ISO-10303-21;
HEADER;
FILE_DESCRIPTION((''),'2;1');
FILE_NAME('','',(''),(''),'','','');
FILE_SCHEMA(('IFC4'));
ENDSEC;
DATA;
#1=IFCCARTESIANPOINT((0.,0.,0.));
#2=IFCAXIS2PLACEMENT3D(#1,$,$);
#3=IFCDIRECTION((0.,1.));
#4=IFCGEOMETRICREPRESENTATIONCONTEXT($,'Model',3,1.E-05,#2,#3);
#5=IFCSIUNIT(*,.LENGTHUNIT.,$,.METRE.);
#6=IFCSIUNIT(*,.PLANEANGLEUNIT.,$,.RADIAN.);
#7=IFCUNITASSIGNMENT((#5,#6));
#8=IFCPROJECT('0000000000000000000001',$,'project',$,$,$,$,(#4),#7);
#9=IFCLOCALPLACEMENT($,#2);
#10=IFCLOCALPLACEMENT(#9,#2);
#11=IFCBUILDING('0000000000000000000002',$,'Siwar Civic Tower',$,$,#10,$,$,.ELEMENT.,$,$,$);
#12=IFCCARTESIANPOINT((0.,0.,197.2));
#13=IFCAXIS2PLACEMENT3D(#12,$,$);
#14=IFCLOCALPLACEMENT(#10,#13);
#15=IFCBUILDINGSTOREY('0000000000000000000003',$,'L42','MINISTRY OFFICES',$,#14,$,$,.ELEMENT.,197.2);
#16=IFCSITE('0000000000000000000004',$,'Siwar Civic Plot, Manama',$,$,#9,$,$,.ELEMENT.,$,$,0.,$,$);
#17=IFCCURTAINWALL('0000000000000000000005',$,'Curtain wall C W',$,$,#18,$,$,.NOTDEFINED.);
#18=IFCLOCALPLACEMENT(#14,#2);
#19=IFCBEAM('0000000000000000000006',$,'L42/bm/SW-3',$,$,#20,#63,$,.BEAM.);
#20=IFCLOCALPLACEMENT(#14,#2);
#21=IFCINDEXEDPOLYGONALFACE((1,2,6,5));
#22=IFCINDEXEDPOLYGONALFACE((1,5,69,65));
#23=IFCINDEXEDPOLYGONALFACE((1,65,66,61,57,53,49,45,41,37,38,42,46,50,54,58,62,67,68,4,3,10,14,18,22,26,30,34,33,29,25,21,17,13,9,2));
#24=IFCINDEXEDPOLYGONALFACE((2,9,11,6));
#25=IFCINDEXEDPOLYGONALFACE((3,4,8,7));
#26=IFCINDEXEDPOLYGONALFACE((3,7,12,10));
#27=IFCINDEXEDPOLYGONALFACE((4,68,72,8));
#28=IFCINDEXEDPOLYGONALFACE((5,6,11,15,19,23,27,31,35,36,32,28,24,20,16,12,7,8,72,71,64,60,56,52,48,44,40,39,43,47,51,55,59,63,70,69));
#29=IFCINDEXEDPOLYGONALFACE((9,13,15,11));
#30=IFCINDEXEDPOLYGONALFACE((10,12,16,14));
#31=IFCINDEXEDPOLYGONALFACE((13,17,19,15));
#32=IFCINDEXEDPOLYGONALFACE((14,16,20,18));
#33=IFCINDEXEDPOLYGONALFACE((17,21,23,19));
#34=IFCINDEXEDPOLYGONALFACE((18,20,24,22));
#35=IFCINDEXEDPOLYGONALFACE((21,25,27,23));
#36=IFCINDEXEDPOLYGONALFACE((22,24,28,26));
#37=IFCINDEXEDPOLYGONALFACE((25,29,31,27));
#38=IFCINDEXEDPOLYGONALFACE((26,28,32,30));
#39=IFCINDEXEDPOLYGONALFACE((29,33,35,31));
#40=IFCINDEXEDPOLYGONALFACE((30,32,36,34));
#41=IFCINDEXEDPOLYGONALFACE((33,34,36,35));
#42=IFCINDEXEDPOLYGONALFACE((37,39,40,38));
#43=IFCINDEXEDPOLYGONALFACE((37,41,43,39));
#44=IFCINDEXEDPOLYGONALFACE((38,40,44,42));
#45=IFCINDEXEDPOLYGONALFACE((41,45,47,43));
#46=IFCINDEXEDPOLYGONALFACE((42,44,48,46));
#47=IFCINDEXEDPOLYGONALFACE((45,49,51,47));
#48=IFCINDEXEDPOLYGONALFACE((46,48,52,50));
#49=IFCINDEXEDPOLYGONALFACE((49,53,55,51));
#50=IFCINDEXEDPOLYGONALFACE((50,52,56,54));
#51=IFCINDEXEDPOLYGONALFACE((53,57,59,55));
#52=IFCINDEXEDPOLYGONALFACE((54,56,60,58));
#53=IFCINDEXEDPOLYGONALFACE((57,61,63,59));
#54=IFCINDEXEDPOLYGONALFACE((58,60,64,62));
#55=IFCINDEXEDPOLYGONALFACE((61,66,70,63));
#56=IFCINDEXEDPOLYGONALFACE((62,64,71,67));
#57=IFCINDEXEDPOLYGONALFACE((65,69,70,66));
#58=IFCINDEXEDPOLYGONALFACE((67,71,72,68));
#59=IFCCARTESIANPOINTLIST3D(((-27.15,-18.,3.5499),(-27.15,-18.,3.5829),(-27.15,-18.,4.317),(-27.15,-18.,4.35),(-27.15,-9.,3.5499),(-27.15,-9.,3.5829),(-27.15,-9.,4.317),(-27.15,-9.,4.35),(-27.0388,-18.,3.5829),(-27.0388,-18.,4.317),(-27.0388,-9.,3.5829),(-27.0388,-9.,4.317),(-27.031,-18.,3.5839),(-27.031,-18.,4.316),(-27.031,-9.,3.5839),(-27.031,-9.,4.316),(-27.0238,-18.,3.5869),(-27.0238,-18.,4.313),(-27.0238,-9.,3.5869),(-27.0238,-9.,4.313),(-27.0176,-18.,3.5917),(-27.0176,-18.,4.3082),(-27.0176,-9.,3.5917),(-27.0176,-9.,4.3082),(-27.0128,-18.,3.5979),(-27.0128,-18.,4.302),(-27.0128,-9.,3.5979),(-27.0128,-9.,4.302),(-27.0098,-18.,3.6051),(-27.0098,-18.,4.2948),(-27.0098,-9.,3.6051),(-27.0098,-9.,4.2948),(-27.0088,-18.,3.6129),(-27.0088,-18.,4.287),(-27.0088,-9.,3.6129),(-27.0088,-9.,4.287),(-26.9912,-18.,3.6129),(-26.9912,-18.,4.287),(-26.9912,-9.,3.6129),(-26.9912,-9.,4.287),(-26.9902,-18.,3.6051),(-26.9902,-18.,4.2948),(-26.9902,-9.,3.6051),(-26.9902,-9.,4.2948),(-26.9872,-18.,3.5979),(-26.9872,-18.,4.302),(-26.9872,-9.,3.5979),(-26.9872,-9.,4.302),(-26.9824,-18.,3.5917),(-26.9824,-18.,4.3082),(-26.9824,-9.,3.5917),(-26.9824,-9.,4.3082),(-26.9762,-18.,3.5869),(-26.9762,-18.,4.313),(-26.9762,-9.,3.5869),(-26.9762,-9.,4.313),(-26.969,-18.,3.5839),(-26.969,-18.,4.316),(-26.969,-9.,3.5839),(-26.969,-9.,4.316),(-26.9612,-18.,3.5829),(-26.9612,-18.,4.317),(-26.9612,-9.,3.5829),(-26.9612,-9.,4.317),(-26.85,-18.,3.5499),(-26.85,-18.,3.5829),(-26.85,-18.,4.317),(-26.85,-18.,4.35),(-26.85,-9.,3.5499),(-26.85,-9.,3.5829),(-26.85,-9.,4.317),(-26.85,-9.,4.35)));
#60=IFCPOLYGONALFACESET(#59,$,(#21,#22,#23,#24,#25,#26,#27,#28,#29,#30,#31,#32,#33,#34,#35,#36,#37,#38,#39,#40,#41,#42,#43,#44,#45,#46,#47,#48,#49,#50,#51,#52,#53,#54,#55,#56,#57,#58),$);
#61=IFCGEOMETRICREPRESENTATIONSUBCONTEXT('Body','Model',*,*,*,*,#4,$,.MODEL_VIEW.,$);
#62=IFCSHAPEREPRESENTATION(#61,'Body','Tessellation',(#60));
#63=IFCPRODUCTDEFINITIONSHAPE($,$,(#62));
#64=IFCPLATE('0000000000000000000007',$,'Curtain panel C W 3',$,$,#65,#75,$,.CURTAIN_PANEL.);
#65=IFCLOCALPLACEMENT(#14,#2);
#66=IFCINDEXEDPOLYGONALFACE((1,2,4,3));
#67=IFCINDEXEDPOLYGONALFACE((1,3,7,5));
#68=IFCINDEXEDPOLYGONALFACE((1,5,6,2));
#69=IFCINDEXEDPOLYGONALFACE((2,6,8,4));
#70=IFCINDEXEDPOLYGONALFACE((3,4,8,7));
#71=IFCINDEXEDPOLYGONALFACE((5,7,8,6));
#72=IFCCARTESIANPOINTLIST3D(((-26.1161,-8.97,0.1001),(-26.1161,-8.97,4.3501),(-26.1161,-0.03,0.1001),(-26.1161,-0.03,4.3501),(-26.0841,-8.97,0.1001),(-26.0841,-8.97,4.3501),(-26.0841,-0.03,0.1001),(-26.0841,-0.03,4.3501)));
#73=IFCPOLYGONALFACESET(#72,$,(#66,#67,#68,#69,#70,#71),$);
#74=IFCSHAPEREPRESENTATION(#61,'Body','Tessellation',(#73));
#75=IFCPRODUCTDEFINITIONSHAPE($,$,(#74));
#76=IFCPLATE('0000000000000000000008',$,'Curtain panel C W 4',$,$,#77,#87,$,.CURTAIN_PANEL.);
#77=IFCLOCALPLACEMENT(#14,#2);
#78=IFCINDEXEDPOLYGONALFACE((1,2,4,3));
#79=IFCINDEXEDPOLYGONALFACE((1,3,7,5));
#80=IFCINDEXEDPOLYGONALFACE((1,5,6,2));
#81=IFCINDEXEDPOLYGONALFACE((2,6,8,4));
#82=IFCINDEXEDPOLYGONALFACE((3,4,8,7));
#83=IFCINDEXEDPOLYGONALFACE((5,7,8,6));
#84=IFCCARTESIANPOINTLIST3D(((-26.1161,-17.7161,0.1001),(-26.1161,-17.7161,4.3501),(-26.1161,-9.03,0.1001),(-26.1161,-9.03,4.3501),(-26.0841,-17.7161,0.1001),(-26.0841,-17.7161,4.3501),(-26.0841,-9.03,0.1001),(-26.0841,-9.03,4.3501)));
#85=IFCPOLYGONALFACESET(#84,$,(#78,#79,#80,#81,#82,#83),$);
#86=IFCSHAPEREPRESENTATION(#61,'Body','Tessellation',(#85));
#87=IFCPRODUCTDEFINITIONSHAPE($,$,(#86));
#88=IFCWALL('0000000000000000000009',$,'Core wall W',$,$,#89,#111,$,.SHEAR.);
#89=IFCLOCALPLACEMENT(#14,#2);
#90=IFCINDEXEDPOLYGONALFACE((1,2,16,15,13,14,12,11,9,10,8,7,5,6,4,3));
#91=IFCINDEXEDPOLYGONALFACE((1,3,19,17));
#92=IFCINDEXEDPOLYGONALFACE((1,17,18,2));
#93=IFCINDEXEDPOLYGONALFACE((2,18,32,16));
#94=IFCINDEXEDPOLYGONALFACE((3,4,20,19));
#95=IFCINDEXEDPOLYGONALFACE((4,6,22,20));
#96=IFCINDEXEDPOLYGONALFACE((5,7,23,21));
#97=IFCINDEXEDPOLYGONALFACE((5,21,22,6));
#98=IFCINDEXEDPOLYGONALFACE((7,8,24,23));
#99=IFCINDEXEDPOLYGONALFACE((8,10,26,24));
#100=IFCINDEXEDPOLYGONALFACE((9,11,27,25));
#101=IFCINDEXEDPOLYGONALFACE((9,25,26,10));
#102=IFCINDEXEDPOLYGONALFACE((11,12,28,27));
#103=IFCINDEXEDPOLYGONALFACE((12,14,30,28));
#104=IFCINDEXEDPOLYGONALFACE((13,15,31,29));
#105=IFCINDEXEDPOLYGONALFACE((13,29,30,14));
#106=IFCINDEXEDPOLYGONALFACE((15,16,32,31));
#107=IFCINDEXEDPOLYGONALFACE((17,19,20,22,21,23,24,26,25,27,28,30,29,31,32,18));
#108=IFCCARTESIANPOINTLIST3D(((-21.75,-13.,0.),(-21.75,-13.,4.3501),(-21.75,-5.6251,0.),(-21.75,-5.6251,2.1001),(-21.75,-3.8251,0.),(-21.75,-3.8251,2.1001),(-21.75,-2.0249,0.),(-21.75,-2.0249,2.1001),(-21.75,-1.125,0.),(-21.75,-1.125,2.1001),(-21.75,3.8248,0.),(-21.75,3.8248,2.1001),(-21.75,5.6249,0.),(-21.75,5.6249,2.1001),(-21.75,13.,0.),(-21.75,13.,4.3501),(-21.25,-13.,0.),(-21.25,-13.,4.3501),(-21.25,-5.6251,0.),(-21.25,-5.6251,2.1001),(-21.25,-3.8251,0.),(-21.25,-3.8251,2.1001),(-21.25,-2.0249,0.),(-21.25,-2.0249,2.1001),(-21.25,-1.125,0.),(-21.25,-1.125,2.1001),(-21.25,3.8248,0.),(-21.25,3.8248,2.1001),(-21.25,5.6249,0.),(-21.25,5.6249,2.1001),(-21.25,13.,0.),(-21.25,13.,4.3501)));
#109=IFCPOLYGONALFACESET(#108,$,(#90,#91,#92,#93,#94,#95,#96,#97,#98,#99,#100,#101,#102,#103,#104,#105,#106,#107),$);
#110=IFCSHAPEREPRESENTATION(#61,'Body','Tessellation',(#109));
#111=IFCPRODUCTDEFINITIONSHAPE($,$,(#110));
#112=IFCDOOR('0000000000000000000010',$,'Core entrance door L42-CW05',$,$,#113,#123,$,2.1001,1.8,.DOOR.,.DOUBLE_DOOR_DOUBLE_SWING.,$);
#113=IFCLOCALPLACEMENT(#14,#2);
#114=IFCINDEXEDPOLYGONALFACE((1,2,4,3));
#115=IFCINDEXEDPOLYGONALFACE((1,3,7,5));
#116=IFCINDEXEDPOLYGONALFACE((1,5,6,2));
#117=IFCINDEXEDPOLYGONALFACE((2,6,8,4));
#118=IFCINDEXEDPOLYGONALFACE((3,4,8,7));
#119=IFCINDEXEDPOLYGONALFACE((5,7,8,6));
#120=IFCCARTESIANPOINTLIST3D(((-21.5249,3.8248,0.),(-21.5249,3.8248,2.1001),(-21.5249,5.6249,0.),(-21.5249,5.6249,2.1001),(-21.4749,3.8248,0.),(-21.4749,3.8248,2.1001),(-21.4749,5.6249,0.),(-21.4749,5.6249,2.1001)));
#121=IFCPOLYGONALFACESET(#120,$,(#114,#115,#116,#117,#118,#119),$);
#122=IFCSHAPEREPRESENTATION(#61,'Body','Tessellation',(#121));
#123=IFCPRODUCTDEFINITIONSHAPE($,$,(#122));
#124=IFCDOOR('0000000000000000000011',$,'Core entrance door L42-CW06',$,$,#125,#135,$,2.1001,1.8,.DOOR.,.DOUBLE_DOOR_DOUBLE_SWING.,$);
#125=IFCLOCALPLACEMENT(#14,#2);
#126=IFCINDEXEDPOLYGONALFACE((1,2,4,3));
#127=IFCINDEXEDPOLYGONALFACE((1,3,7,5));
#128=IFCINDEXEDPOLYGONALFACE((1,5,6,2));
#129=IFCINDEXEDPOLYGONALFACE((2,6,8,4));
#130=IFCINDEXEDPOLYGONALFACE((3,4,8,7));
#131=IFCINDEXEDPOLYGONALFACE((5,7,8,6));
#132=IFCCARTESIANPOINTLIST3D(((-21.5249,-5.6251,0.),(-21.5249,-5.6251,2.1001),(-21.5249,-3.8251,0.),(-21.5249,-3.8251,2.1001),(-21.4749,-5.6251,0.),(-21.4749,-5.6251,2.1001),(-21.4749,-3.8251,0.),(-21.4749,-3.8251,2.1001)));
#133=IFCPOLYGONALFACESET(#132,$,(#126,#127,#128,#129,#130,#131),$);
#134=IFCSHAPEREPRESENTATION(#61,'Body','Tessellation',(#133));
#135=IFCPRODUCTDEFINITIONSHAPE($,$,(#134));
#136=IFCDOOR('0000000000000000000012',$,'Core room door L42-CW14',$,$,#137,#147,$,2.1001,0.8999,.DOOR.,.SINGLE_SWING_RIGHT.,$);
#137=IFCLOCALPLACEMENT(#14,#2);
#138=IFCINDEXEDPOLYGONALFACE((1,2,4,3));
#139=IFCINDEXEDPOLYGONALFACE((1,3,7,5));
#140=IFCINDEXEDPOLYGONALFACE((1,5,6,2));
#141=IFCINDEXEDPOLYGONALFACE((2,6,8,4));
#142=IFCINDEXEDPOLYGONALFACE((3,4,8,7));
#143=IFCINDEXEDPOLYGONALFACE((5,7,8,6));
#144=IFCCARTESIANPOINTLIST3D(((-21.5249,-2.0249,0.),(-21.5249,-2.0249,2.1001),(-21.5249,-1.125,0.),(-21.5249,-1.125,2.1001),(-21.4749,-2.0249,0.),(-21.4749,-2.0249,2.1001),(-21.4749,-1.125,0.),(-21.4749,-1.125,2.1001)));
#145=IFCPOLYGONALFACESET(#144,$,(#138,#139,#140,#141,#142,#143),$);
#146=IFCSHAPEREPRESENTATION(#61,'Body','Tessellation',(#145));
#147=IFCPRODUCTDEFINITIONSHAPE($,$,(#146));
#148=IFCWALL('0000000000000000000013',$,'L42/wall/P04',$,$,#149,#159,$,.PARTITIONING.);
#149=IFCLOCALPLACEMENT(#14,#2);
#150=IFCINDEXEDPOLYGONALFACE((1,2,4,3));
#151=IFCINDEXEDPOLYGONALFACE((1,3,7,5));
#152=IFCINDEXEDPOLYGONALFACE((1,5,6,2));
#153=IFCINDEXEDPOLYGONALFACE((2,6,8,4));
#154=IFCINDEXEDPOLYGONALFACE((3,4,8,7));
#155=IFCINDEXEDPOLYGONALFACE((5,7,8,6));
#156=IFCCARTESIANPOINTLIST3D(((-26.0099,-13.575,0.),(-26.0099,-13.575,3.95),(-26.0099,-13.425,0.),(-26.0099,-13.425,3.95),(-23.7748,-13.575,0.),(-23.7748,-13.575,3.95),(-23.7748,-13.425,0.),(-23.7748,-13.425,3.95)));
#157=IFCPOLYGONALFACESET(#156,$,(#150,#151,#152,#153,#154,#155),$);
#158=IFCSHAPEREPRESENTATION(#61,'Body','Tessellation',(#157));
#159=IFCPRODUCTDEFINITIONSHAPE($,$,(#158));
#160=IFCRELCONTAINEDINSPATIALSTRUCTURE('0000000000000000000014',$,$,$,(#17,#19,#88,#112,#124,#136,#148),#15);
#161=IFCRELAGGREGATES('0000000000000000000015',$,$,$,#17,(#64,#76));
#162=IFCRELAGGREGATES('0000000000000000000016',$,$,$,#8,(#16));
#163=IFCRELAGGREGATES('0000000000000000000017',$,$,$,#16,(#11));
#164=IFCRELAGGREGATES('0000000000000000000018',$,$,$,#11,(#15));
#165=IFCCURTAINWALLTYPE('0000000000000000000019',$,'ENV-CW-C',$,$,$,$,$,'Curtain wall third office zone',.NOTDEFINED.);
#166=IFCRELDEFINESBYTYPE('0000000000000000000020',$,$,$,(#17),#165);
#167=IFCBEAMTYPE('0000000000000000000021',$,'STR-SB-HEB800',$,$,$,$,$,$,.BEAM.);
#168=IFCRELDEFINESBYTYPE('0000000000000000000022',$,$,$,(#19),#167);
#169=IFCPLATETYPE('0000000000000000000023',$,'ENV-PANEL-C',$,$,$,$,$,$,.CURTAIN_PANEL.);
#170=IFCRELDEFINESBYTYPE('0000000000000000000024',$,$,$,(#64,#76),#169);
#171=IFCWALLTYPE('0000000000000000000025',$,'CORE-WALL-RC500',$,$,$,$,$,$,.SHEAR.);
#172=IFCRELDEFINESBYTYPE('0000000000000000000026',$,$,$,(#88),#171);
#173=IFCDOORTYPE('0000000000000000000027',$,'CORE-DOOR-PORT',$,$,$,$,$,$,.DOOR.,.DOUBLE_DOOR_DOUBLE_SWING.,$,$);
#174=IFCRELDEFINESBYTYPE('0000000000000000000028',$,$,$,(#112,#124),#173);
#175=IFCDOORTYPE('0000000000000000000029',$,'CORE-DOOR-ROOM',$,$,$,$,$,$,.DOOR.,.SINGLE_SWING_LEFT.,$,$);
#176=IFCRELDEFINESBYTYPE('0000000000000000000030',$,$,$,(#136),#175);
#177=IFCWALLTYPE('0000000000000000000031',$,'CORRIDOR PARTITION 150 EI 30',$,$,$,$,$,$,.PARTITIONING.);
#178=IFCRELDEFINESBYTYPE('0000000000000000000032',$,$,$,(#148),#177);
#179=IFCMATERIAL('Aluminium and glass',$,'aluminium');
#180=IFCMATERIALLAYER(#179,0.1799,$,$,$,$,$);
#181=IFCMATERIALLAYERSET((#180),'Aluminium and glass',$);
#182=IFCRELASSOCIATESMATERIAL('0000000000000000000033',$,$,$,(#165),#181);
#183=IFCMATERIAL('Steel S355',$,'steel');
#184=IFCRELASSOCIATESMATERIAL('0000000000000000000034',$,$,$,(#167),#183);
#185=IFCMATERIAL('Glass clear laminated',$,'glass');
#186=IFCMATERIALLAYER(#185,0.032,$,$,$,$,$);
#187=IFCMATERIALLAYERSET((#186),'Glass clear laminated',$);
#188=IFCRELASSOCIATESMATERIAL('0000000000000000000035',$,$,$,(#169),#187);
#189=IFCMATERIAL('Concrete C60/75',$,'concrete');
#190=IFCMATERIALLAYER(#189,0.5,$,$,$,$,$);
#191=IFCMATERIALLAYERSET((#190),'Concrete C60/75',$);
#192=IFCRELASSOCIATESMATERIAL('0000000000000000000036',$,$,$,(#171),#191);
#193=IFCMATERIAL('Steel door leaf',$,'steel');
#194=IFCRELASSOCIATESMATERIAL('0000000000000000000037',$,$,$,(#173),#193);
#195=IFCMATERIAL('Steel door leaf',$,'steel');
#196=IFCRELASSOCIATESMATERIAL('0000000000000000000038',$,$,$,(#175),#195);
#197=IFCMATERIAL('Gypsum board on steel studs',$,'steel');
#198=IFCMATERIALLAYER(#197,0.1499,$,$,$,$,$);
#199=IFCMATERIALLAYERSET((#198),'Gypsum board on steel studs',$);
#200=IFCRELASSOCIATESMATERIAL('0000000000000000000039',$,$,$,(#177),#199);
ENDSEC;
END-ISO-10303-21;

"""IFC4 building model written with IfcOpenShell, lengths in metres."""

from ifc_helpers import new_model, si_unit, direction, frame, frame_2d, origin, origin_2d, place, context, subcontext, project, spatial, rectangle, i_section, extrude, material, layer, layer_set, material_profile, profile_set, type_object, element, fill, aggregate, save


model = new_model("IFC4")

# Units and contexts
model_context = context("Model", 3, precision=1e-05, world=origin(), true_north=direction((0.0, 1.0)))
body_context = subcontext(model_context, "Body", "Model", "MODEL_VIEW")
ifc_project = project(units=[si_unit("LENGTHUNIT", "METRE"), si_unit("PLANEANGLEUNIT", "RADIAN")], contexts=[model_context])

# Site, building, storey
site_placement = place(None, origin())
site = spatial("IfcSite", under=ifc_project, at=site_placement, Name="Siwar Civic Plot, Manama", CompositionType="ELEMENT", RefElevation=0.0)
building_placement = place(site_placement, origin())
building = spatial("IfcBuilding", under=site, at=building_placement, Name="Siwar Civic Tower", CompositionType="ELEMENT")
storey_placement = place(building_placement, frame((0.0, 0.0, 197.2)))
storey = spatial("IfcBuildingStorey", under=building, at=storey_placement, Name="L42", Description="MINISTRY OFFICES", CompositionType="ELEMENT", Elevation=197.2)

# Curtain wall
ifc_material_1 = material(Name="Aluminium and glass", Category="aluminium")
ifc_layer_1 = layer(ifc_material_1, 0.1799)
ifc_layer_set_1 = layer_set([ifc_layer_1], Name="Aluminium and glass")
curtain_wall_type = type_object("IfcCurtainWallType", Name="ENV-CW-C", ElementType="Curtain wall third office zone", PredefinedType="NOTDEFINED", material=ifc_layer_set_1)
curtain_wall_placement = place(storey_placement, origin())
curtain_wall = element("IfcCurtainWall", 1, at=curtain_wall_placement, inside=storey, type_object=curtain_wall_type, Name="Curtain wall C W", PredefinedType="NOTDEFINED")

# Beam
ifc_material_2 = material(Name="Steel S355", Category="steel")
ifc_material_profile_1 = material_profile(ifc_material_2, i_section(OverallWidth=0.3, OverallDepth=0.8, WebThickness=0.0176, FlangeThickness=0.033, FilletRadius=0.03, at=origin_2d()), Name="HEB800")
ifc_profile_set_1 = profile_set([ifc_material_profile_1], Name="Steel S355")
beam_type_1 = type_object("IfcBeamType", Name="STR-SB-HEB800", PredefinedType="BEAM", material=ifc_profile_set_1)
beam_1_placement = place(storey_placement, frame((-27.0, -9.0, 3.95), z_axis=(0.0, -1.0, 0.0), x_axis=(1.0, 0.0, 0.0)))
element("IfcBeam", 2, at=beam_1_placement, inside=storey, type_object=beam_type_1, Name="L42/bm/SW-3", PredefinedType="BEAM", context=body_context, shape_type="SweptSolid", body=[
    extrude(i_section(OverallWidth=0.3, OverallDepth=0.8, WebThickness=0.0176, FlangeThickness=0.033, FilletRadius=0.03, at=origin_2d()), origin(), (0.0, 0.0, 1.0), 9.0),
])

# Plates
ifc_material_3 = material(Name="Glass clear laminated", Category="glass")
ifc_layer_2 = layer(ifc_material_3, 0.032)
ifc_layer_set_2 = layer_set([ifc_layer_2], Name="Glass clear laminated")
plate_type = type_object("IfcPlateType", Name="ENV-PANEL-C", PredefinedType="CURTAIN_PANEL", material=ifc_layer_set_2)
plate_1_placement = place(storey_placement, frame((-26.1001, -4.5, 0.1001), z_axis=(0.0, 0.0, 1.0), x_axis=(0.0, -1.0, 0.0)))
plate_1 = element("IfcPlate", 3, at=plate_1_placement, type_object=plate_type, Name="Curtain panel C W 3", PredefinedType="CURTAIN_PANEL", context=body_context, shape_type="SweptSolid", body=[
    extrude(rectangle(XDim=8.9399, YDim=0.032, at=origin_2d()), origin(), (0.0, 0.0, 1.0), 4.25),
])
plate_2_placement = place(storey_placement, frame((-26.1001, -13.373, 0.1001), z_axis=(0.0, 0.0, 1.0), x_axis=(0.0, -1.0, 0.0)))
plate_2 = element("IfcPlate", 4, at=plate_2_placement, type_object=plate_type, Name="Curtain panel C W 4", PredefinedType="CURTAIN_PANEL", context=body_context, shape_type="SweptSolid", body=[
    extrude(rectangle(XDim=8.686, YDim=0.032, at=origin_2d()), origin(), (0.0, 0.0, 1.0), 4.25),
])
aggregate(curtain_wall, [plate_1, plate_2])

# Wall, openings, doors
ifc_material_4 = material(Name="Concrete C60/75", Category="concrete")
ifc_layer_3 = layer(ifc_material_4, 0.5)
ifc_layer_set_3 = layer_set([ifc_layer_3], Name="Concrete C60/75")
wall_type_1 = type_object("IfcWallType", Name="CORE-WALL-RC500", PredefinedType="SHEAR", material=ifc_layer_set_3)
wall_1_placement = place(storey_placement, frame((-21.5, -13.0, 0.0), z_axis=(0.0, 0.0, 1.0), x_axis=(0.0, 1.0, 0.0)))
wall_1 = element("IfcWall", 5, at=wall_1_placement, inside=storey, type_object=wall_type_1, Name="Core wall W", PredefinedType="SHEAR", context=body_context, shape_type="SweptSolid", body=[
    extrude(rectangle(XDim=26.0, YDim=0.5, at=frame_2d((13.0, 0.0))), origin(), (0.0, 0.0, 1.0), 4.3501),
])
opening_1_placement = place(wall_1_placement, frame((16.825, 0.0, 0.0)))
opening_1 = element("IfcOpeningElement", 6, at=opening_1_placement, cuts=wall_1, PredefinedType="OPENING", context=body_context, shape_type="SweptSolid", body=[
    extrude(rectangle(XDim=1.8, YDim=2.1001, at=frame_2d((0.8999, 1.05))), frame((0.0, 0.26, 0.0), z_axis=(0.0, -1.0, 0.0), x_axis=(1.0, 0.0, 0.0)), (0.0, 0.0, 1.0), 0.52),
])
opening_2_placement = place(wall_1_placement, frame((7.375, 0.0, 0.0)))
opening_2 = element("IfcOpeningElement", 7, at=opening_2_placement, cuts=wall_1, PredefinedType="OPENING", context=body_context, shape_type="SweptSolid", body=[
    extrude(rectangle(XDim=1.8, YDim=2.1001, at=frame_2d((0.8999, 1.05))), frame((0.0, 0.26, 0.0), z_axis=(0.0, -1.0, 0.0), x_axis=(1.0, 0.0, 0.0)), (0.0, 0.0, 1.0), 0.52),
])
opening_3_placement = place(wall_1_placement, frame((10.9751, 0.0, 0.0)))
opening_3 = element("IfcOpeningElement", 8, at=opening_3_placement, cuts=wall_1, PredefinedType="OPENING", context=body_context, shape_type="SweptSolid", body=[
    extrude(rectangle(XDim=0.8999, YDim=2.1001, at=frame_2d((0.45, 1.05))), frame((0.0, 0.26, 0.0), z_axis=(0.0, -1.0, 0.0), x_axis=(1.0, 0.0, 0.0)), (0.0, 0.0, 1.0), 0.52),
])
ifc_material_5 = material(Name="Steel door leaf", Category="steel")
door_type_1 = type_object("IfcDoorType", Name="CORE-DOOR-PORT", OperationType="DOUBLE_DOOR_DOUBLE_SWING", PredefinedType="DOOR", material=ifc_material_5)
door_1_placement = place(opening_1_placement, origin())
door_1 = element("IfcDoor", 9, at=door_1_placement, inside=storey, type_object=door_type_1, Name="Core entrance door L42-CW05", OperationType="DOUBLE_DOOR_DOUBLE_SWING", OverallHeight=2.1001, OverallWidth=1.8, PredefinedType="DOOR", context=body_context, shape_type="SweptSolid", body=[
    extrude(rectangle(XDim=1.8, YDim=2.1001, at=frame_2d((0.8999, 1.05))), frame((0.0, 0.0249, 0.0), z_axis=(0.0, -1.0, 0.0), x_axis=(1.0, 0.0, 0.0)), (0.0, 0.0, 1.0), 0.05),
])
fill(opening_1, door_1)
door_2_placement = place(opening_2_placement, origin())
door_2 = element("IfcDoor", 10, at=door_2_placement, inside=storey, type_object=door_type_1, Name="Core entrance door L42-CW06", OperationType="DOUBLE_DOOR_DOUBLE_SWING", OverallHeight=2.1001, OverallWidth=1.8, PredefinedType="DOOR", context=body_context, shape_type="SweptSolid", body=[
    extrude(rectangle(XDim=1.8, YDim=2.1001, at=frame_2d((0.8999, 1.05))), frame((0.0, 0.0249, 0.0), z_axis=(0.0, -1.0, 0.0), x_axis=(1.0, 0.0, 0.0)), (0.0, 0.0, 1.0), 0.05),
])
fill(opening_2, door_2)
ifc_material_6 = material(Name="Steel door leaf", Category="steel")
door_type_2 = type_object("IfcDoorType", Name="CORE-DOOR-ROOM", OperationType="SINGLE_SWING_LEFT", PredefinedType="DOOR", material=ifc_material_6)
door_3_placement = place(opening_3_placement, origin())
door_3 = element("IfcDoor", 11, at=door_3_placement, inside=storey, type_object=door_type_2, Name="Core room door L42-CW14", OperationType="SINGLE_SWING_RIGHT", OverallHeight=2.1001, OverallWidth=0.8999, PredefinedType="DOOR", context=body_context, shape_type="SweptSolid", body=[
    extrude(rectangle(XDim=0.8999, YDim=2.1001, at=frame_2d((0.45, 1.05))), frame((0.0, 0.0249, 0.0), z_axis=(0.0, -1.0, 0.0), x_axis=(1.0, 0.0, 0.0)), (0.0, 0.0, 1.0), 0.05),
])
fill(opening_3, door_3)

# Wall
ifc_material_7 = material(Name="Gypsum board on steel studs", Category="steel")
ifc_layer_4 = layer(ifc_material_7, 0.1499)
ifc_layer_set_4 = layer_set([ifc_layer_4], Name="Gypsum board on steel studs")
wall_type_2 = type_object("IfcWallType", Name="CORRIDOR PARTITION 150 EI 30", PredefinedType="PARTITIONING", material=ifc_layer_set_4)
wall_2_placement = place(storey_placement, frame((-26.01, -13.5, 0.0), z_axis=(0.0, 0.0, 1.0), x_axis=(1.0, 0.0, 0.0)))
element("IfcWall", 12, at=wall_2_placement, inside=storey, type_object=wall_type_2, Name="L42/wall/P04", PredefinedType="PARTITIONING", context=body_context, shape_type="SweptSolid", body=[
    extrude(rectangle(XDim=2.2351, YDim=0.1499, at=frame_2d((1.1177, 0.0))), origin(), (0.0, 0.0, 1.0), 3.95),
])

save(model, "model.ifc")
